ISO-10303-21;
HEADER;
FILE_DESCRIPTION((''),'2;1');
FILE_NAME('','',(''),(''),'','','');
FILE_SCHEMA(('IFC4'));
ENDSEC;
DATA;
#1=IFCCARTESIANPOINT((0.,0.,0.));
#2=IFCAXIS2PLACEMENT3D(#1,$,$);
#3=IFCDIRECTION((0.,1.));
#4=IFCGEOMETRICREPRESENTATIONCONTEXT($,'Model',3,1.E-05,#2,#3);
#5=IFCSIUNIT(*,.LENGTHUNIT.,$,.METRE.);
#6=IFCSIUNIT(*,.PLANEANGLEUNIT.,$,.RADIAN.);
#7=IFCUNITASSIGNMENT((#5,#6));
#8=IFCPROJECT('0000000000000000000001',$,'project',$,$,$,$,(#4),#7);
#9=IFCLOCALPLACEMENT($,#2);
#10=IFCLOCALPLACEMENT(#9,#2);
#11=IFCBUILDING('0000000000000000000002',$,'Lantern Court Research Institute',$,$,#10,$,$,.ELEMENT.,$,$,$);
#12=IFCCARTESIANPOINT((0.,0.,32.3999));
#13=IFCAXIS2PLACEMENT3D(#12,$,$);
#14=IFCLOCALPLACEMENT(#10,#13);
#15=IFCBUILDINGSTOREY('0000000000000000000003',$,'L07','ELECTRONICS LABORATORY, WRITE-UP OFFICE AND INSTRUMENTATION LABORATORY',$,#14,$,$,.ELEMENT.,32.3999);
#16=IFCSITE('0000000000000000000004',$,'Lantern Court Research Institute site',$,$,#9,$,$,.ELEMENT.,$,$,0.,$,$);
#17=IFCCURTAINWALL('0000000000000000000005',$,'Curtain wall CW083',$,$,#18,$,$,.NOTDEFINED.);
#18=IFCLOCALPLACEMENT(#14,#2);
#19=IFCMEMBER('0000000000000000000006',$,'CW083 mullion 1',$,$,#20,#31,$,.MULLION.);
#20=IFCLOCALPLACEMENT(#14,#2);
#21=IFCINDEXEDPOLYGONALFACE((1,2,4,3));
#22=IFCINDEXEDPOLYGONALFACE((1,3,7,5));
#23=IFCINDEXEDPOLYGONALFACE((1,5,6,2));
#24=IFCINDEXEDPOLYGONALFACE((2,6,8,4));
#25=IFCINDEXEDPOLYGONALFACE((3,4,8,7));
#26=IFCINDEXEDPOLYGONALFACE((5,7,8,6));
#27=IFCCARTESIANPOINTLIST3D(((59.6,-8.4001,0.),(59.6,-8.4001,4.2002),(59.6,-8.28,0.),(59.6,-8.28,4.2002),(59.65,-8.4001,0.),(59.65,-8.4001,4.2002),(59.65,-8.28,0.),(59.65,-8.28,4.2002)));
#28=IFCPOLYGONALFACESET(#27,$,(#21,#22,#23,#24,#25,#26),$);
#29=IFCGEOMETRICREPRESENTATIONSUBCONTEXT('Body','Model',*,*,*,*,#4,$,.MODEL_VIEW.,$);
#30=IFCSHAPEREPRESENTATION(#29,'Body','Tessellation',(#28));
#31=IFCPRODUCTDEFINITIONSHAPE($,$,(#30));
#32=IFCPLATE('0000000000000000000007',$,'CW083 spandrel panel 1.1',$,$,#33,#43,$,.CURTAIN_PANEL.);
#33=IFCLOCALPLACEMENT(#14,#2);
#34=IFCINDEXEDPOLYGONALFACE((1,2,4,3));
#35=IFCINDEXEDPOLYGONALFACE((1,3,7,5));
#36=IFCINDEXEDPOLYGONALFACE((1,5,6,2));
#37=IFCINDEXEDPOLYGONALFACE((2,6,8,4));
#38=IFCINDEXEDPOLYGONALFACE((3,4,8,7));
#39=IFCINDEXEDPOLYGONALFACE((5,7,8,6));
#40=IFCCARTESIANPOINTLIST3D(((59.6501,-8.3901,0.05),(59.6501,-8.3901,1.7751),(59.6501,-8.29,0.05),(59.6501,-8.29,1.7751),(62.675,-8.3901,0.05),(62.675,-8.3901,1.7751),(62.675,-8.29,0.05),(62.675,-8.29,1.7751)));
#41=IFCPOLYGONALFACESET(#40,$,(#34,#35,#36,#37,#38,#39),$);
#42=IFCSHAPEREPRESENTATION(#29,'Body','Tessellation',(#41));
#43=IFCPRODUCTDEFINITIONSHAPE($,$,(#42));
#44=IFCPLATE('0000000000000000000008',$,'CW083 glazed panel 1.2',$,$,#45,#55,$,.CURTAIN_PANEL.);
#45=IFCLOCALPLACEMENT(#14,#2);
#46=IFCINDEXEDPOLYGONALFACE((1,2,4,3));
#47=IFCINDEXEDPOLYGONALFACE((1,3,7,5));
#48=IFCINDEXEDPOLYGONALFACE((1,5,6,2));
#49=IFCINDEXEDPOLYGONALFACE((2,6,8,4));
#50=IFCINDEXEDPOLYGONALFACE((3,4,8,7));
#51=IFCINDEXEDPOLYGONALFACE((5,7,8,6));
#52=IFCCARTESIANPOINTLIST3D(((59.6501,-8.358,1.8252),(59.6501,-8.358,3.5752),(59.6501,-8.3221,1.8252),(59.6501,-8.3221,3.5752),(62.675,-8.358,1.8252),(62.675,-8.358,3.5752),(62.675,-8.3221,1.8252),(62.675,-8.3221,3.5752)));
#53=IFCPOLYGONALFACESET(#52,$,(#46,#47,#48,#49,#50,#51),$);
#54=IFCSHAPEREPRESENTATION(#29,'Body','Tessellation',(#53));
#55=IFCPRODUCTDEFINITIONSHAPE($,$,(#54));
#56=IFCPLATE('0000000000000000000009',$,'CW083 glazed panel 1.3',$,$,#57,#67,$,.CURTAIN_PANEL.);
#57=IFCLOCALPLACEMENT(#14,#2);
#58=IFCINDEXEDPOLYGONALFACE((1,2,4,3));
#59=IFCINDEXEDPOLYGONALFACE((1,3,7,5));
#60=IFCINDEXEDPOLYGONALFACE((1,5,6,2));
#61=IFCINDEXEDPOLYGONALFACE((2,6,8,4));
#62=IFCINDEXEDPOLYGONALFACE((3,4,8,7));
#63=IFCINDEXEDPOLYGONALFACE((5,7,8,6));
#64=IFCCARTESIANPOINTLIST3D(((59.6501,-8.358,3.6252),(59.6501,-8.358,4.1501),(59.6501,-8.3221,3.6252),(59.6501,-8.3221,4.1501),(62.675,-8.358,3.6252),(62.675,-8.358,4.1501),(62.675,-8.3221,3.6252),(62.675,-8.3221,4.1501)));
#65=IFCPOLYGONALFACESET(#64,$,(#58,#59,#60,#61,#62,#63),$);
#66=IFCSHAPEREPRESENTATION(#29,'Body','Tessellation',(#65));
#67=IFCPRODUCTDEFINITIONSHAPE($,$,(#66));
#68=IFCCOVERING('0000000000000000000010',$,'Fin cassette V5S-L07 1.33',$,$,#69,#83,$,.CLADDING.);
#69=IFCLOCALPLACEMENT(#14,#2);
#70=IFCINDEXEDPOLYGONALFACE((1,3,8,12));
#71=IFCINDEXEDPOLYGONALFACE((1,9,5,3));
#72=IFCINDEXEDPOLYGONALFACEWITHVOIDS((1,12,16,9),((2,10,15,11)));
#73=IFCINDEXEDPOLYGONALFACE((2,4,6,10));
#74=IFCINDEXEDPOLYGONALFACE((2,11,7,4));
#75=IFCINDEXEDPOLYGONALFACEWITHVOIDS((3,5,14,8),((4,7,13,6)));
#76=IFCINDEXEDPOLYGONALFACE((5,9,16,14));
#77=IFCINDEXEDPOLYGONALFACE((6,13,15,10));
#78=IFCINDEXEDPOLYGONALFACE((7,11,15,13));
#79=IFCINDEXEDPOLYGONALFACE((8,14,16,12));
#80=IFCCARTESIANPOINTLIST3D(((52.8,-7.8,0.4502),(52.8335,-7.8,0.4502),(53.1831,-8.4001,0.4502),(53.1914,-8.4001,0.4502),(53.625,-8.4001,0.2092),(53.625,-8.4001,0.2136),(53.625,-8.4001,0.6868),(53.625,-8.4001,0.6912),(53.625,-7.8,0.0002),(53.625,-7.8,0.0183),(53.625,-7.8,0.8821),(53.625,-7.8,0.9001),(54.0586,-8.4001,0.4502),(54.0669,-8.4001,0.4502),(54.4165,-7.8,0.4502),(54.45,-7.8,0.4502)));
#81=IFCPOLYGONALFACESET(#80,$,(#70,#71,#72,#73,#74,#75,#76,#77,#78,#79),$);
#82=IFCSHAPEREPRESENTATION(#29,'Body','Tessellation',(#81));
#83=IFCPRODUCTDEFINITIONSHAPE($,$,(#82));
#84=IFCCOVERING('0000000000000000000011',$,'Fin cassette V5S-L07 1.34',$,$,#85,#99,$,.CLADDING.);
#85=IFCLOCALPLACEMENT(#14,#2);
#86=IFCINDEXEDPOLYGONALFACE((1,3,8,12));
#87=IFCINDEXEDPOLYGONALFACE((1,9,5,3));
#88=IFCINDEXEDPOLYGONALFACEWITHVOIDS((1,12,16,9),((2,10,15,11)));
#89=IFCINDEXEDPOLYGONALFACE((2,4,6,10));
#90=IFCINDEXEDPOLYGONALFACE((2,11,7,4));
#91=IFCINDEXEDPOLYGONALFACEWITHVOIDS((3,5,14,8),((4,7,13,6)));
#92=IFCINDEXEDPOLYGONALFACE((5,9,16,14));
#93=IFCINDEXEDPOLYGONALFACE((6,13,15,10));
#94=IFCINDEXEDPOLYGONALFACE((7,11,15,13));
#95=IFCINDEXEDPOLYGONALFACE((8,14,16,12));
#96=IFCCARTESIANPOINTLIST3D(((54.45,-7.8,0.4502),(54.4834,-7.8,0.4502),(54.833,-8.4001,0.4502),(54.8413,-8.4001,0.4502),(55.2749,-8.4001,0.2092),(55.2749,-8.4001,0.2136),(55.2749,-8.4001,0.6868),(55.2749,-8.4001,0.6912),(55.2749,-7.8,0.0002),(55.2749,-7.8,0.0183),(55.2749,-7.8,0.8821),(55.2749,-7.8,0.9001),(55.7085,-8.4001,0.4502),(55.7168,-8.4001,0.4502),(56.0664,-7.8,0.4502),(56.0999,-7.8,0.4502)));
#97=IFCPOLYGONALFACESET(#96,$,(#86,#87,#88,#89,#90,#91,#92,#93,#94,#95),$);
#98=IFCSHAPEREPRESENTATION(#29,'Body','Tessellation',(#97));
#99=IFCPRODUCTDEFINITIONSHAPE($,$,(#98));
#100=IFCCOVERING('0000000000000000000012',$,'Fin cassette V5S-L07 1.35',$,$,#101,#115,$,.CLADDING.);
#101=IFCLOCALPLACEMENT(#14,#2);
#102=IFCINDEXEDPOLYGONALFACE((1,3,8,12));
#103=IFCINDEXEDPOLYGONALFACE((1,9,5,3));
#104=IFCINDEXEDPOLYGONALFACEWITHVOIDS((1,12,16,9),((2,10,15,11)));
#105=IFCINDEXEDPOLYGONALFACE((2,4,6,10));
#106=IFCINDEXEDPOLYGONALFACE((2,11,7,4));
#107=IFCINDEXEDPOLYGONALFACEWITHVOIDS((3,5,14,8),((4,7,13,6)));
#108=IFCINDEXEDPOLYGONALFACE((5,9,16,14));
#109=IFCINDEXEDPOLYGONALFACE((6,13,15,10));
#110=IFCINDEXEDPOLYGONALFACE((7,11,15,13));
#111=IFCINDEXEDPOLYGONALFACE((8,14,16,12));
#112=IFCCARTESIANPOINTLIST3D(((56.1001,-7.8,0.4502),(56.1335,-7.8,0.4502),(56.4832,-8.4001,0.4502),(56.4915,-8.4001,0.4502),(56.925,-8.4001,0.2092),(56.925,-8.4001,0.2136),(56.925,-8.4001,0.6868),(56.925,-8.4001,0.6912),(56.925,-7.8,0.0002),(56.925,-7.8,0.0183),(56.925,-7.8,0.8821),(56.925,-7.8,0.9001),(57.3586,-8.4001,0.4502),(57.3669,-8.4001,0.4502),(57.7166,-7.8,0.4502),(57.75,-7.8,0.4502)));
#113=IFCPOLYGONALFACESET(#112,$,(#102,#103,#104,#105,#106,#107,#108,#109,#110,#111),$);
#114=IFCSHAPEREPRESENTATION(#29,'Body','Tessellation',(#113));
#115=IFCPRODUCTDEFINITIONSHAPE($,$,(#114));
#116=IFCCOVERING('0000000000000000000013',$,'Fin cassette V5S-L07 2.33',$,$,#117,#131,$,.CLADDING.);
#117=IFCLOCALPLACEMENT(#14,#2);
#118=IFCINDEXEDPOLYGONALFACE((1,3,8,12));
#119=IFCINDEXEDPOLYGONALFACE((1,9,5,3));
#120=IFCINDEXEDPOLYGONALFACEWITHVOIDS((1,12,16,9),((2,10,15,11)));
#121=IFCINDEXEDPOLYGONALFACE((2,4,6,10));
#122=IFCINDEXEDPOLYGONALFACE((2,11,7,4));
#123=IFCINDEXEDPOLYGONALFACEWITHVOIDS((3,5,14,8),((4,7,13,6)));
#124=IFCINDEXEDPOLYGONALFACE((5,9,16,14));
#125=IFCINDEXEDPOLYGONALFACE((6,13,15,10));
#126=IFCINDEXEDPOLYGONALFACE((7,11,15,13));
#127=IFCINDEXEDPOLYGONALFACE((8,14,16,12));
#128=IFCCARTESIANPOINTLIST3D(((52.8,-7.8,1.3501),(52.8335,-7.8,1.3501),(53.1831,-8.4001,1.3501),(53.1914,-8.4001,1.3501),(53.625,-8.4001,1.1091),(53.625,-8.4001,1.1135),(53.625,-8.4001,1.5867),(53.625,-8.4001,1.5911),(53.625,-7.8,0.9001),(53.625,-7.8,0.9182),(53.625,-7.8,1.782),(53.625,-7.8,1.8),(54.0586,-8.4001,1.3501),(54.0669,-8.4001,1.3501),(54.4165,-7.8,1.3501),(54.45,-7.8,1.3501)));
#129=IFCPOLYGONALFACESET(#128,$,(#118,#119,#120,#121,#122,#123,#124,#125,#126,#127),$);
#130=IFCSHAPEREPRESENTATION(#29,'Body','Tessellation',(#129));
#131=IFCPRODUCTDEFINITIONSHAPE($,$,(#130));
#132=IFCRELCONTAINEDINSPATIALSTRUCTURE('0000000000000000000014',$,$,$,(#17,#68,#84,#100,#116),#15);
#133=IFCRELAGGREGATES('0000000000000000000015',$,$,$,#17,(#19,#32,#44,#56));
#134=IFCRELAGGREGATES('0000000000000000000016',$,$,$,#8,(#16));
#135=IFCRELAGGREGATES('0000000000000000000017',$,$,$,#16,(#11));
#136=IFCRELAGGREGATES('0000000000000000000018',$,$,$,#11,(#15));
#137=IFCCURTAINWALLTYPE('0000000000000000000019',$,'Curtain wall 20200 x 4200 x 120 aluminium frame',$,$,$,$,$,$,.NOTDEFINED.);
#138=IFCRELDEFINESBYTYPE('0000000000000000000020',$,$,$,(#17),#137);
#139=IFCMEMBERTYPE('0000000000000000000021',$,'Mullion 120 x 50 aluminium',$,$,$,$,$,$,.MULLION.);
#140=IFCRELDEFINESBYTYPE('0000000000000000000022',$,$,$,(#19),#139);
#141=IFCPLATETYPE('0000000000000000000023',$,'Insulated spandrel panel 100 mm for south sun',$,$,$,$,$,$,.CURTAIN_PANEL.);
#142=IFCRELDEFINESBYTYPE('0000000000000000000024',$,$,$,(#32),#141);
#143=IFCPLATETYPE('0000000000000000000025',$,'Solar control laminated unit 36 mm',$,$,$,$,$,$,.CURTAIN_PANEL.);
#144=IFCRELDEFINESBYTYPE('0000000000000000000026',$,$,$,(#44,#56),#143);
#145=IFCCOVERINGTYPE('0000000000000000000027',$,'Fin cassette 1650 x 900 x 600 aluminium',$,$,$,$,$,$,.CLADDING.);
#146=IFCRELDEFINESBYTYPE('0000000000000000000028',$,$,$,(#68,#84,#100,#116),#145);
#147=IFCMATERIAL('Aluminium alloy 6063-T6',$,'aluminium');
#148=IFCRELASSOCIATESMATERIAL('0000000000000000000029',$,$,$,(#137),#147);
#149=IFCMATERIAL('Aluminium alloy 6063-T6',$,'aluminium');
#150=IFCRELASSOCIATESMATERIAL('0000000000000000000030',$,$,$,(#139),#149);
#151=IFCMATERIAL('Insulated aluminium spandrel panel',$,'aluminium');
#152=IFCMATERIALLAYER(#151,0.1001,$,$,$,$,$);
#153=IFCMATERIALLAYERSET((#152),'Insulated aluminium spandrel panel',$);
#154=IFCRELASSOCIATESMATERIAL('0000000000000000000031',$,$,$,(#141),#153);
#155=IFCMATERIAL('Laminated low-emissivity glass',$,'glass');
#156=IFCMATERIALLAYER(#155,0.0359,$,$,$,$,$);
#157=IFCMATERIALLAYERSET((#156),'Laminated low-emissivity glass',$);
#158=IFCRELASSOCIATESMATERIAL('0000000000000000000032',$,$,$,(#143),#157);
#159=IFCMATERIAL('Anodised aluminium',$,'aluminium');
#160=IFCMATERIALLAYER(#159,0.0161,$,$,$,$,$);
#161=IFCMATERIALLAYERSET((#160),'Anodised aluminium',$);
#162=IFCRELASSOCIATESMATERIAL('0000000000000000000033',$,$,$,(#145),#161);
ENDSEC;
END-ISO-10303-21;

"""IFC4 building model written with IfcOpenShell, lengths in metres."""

from ifc_helpers import new_model, entity, si_unit, direction, frame, origin, origin_2d, place, context, subcontext, project, spatial, rectangle, extrude, material, layer, layer_set, material_profile, profile_set, type_object, element, aggregate, save


model = new_model("IFC4")

# Units and contexts
model_context = context("Model", 3, precision=1e-05, world=origin(), true_north=direction((0.0, 1.0)))
body_context = subcontext(model_context, "Body", "Model", "MODEL_VIEW")
ifc_project = project(units=[si_unit("LENGTHUNIT", "METRE"), si_unit("PLANEANGLEUNIT", "RADIAN")], contexts=[model_context])

# Site, building, storey
site_placement = place(None, origin())
site = spatial("IfcSite", under=ifc_project, at=site_placement, Name="Lantern Court Research Institute site", CompositionType="ELEMENT", RefElevation=0.0)
building_placement = place(site_placement, origin())
building = spatial("IfcBuilding", under=site, at=building_placement, Name="Lantern Court Research Institute", CompositionType="ELEMENT")
storey_placement = place(building_placement, frame((0.0, 0.0, 32.3999)))
storey = spatial("IfcBuildingStorey", under=building, at=storey_placement, Name="L07", Description="ELECTRONICS LABORATORY, WRITE-UP OFFICE AND INSTRUMENTATION LABORATORY", CompositionType="ELEMENT", Elevation=32.3999)

# Curtain wall, member, plates
ifc_material_1 = material(Name="Aluminium alloy 6063-T6", Category="aluminium")
curtain_wall_type = type_object("IfcCurtainWallType", Name="Curtain wall 20200 x 4200 x 120 aluminium frame", PredefinedType="NOTDEFINED", material=ifc_material_1)
curtain_wall_placement = place(storey_placement, origin())
curtain_wall = element("IfcCurtainWall", 1, at=curtain_wall_placement, inside=storey, type_object=curtain_wall_type, Name="Curtain wall CW083", PredefinedType="NOTDEFINED")
ifc_material_2 = material(Name="Aluminium alloy 6063-T6", Category="aluminium")
ifc_material_profile = material_profile(ifc_material_2, rectangle(XDim=0.1201, YDim=0.05, at=origin_2d()), Name="Mullion 120 x 50")
ifc_profile_set = profile_set([ifc_material_profile], Name="Aluminium alloy 6063-T6")
member_type = type_object("IfcMemberType", Name="Mullion 120 x 50 aluminium", PredefinedType="MULLION", material=ifc_profile_set)
member_placement = place(storey_placement, frame((59.625, -8.3401, 0.0), z_axis=(0.0, 0.0, 1.0), x_axis=(0.0, -1.0, 0.0)))
member = element("IfcMember", 2, at=member_placement, type_object=member_type, Name="CW083 mullion 1", PredefinedType="MULLION", context=body_context, shape_type="SweptSolid", body=[
    extrude(rectangle(XDim=0.1201, YDim=0.05, at=origin_2d()), origin(), (0.0, 0.0, 1.0), 4.2002),
])
ifc_material_3 = material(Name="Insulated aluminium spandrel panel", Category="aluminium")
ifc_layer_1 = layer(ifc_material_3, 0.1001)
ifc_layer_set_1 = layer_set([ifc_layer_1], Name="Insulated aluminium spandrel panel")
plate_type_1 = type_object("IfcPlateType", Name="Insulated spandrel panel 100 mm for south sun", PredefinedType="CURTAIN_PANEL", material=ifc_layer_set_1)
plate_1_placement = place(storey_placement, frame((61.1626, -8.3401, 0.05), z_axis=(0.0, 0.0, 1.0), x_axis=(-1.0, 0.0, 0.0)))
plate_1 = element("IfcPlate", 3, at=plate_1_placement, type_object=plate_type_1, Name="CW083 spandrel panel 1.1", PredefinedType="CURTAIN_PANEL", context=body_context, shape_type="SweptSolid", body=[
    extrude(rectangle(XDim=3.0249, YDim=0.1001, at=origin_2d()), origin(), (0.0, 0.0, 1.0), 1.7251),
])
ifc_material_4 = material(Name="Laminated low-emissivity glass", Category="glass")
ifc_layer_2 = layer(ifc_material_4, 0.0359)
ifc_layer_set_2 = layer_set([ifc_layer_2], Name="Laminated low-emissivity glass")
plate_type_2 = type_object("IfcPlateType", Name="Solar control laminated unit 36 mm", PredefinedType="CURTAIN_PANEL", material=ifc_layer_set_2)
plate_2_placement = place(storey_placement, frame((61.1626, -8.3401, 1.8252), z_axis=(0.0, 0.0, 1.0), x_axis=(-1.0, 0.0, 0.0)))
plate_2 = element("IfcPlate", 4, at=plate_2_placement, type_object=plate_type_2, Name="CW083 glazed panel 1.2", PredefinedType="CURTAIN_PANEL", context=body_context, shape_type="SweptSolid", body=[
    extrude(rectangle(XDim=3.0249, YDim=0.0359, at=origin_2d()), origin(), (0.0, 0.0, 1.0), 1.75),
])
plate_3_placement = place(storey_placement, frame((61.1626, -8.3401, 3.6252), z_axis=(0.0, 0.0, 1.0), x_axis=(-1.0, 0.0, 0.0)))
plate_3 = element("IfcPlate", 5, at=plate_3_placement, type_object=plate_type_2, Name="CW083 glazed panel 1.3", PredefinedType="CURTAIN_PANEL", context=body_context, shape_type="SweptSolid", body=[
    extrude(rectangle(XDim=3.0249, YDim=0.0359, at=origin_2d()), origin(), (0.0, 0.0, 1.0), 0.5249),
])
aggregate(curtain_wall, [member, plate_1, plate_2, plate_3])

# Coverings
ifc_material_5 = material(Name="Anodised aluminium", Category="aluminium")
ifc_layer_3 = layer(ifc_material_5, 0.0161)
ifc_layer_set_3 = layer_set([ifc_layer_3], Name="Anodised aluminium")
covering_type = type_object("IfcCoveringType", Name="Fin cassette 1650 x 900 x 600 aluminium", PredefinedType="CLADDING", material=ifc_layer_set_3)
covering_1_placement = place(storey_placement, frame((53.625, -7.8, 0.4502), z_axis=(0.0, -1.0, 0.0), x_axis=(1.0, 0.0, 0.0)))
cartesian_point_1 = entity("IfcCartesianPoint", [0.825, 0.0])
cartesian_point_2 = entity("IfcCartesianPoint", [0.7915, 0.0])
cartesian_point_3 = entity("IfcCartesianPoint", [0.4419, 0.0])
cartesian_point_4 = entity("IfcCartesianPoint", [0.4336, 0.0])
element("IfcCovering", 6, at=covering_1_placement, inside=storey, type_object=covering_type, Name="Fin cassette V5S-L07 1.33", PredefinedType="CLADDING", context=body_context, shape_type="SweptSolid", body=[
    entity("IfcExtrudedAreaSolidTapered", entity("IfcArbitraryProfileDefWithVoids", "AREA", None, entity("IfcPolyline", [cartesian_point_1, entity("IfcCartesianPoint", [0.0, 0.45]), entity("IfcCartesianPoint", [-0.825, 0.0]), entity("IfcCartesianPoint", [0.0, -0.45]), cartesian_point_1]), [entity("IfcPolyline", [cartesian_point_2, entity("IfcCartesianPoint", [0.0, 0.4319]), entity("IfcCartesianPoint", [-0.7915, 0.0]), entity("IfcCartesianPoint", [0.0, -0.4319]), cartesian_point_2])]), entity("IfcAxis2Placement3D", entity("IfcCartesianPoint", [0.0, 0.0, 0.0])), entity("IfcDirection", [0.0, 0.0, 1.0]), 0.6001, entity("IfcArbitraryProfileDefWithVoids", "AREA", None, entity("IfcPolyline", [cartesian_point_3, entity("IfcCartesianPoint", [0.0, 0.241]), entity("IfcCartesianPoint", [-0.4419, 0.0]), entity("IfcCartesianPoint", [0.0, -0.241]), cartesian_point_3]), [entity("IfcPolyline", [cartesian_point_4, entity("IfcCartesianPoint", [0.0, 0.2366]), entity("IfcCartesianPoint", [-0.4336, 0.0]), entity("IfcCartesianPoint", [0.0, -0.2366]), cartesian_point_4])])),
])
covering_2_placement = place(storey_placement, frame((55.2749, -7.8, 0.4502), z_axis=(0.0, -1.0, 0.0), x_axis=(1.0, 0.0, 0.0)))
cartesian_point_5 = entity("IfcCartesianPoint", [0.825, 0.0])
cartesian_point_6 = entity("IfcCartesianPoint", [0.7915, 0.0])
cartesian_point_7 = entity("IfcCartesianPoint", [0.4419, 0.0])
cartesian_point_8 = entity("IfcCartesianPoint", [0.4336, 0.0])
element("IfcCovering", 7, at=covering_2_placement, inside=storey, type_object=covering_type, Name="Fin cassette V5S-L07 1.34", PredefinedType="CLADDING", context=body_context, shape_type="SweptSolid", body=[
    entity("IfcExtrudedAreaSolidTapered", entity("IfcArbitraryProfileDefWithVoids", "AREA", None, entity("IfcPolyline", [cartesian_point_5, entity("IfcCartesianPoint", [0.0, 0.45]), entity("IfcCartesianPoint", [-0.825, 0.0]), entity("IfcCartesianPoint", [0.0, -0.45]), cartesian_point_5]), [entity("IfcPolyline", [cartesian_point_6, entity("IfcCartesianPoint", [0.0, 0.4319]), entity("IfcCartesianPoint", [-0.7915, 0.0]), entity("IfcCartesianPoint", [0.0, -0.4319]), cartesian_point_6])]), entity("IfcAxis2Placement3D", entity("IfcCartesianPoint", [0.0, 0.0, 0.0])), entity("IfcDirection", [0.0, 0.0, 1.0]), 0.6001, entity("IfcArbitraryProfileDefWithVoids", "AREA", None, entity("IfcPolyline", [cartesian_point_7, entity("IfcCartesianPoint", [0.0, 0.241]), entity("IfcCartesianPoint", [-0.4419, 0.0]), entity("IfcCartesianPoint", [0.0, -0.241]), cartesian_point_7]), [entity("IfcPolyline", [cartesian_point_8, entity("IfcCartesianPoint", [0.0, 0.2366]), entity("IfcCartesianPoint", [-0.4336, 0.0]), entity("IfcCartesianPoint", [0.0, -0.2366]), cartesian_point_8])])),
])
covering_3_placement = place(storey_placement, frame((56.925, -7.8, 0.4502), z_axis=(0.0, -1.0, 0.0), x_axis=(1.0, 0.0, 0.0)))
cartesian_point_9 = entity("IfcCartesianPoint", [0.825, 0.0])
cartesian_point_10 = entity("IfcCartesianPoint", [0.7915, 0.0])
cartesian_point_11 = entity("IfcCartesianPoint", [0.4419, 0.0])
cartesian_point_12 = entity("IfcCartesianPoint", [0.4336, 0.0])
element("IfcCovering", 8, at=covering_3_placement, inside=storey, type_object=covering_type, Name="Fin cassette V5S-L07 1.35", PredefinedType="CLADDING", context=body_context, shape_type="SweptSolid", body=[
    entity("IfcExtrudedAreaSolidTapered", entity("IfcArbitraryProfileDefWithVoids", "AREA", None, entity("IfcPolyline", [cartesian_point_9, entity("IfcCartesianPoint", [0.0, 0.45]), entity("IfcCartesianPoint", [-0.825, 0.0]), entity("IfcCartesianPoint", [0.0, -0.45]), cartesian_point_9]), [entity("IfcPolyline", [cartesian_point_10, entity("IfcCartesianPoint", [0.0, 0.4319]), entity("IfcCartesianPoint", [-0.7915, 0.0]), entity("IfcCartesianPoint", [0.0, -0.4319]), cartesian_point_10])]), entity("IfcAxis2Placement3D", entity("IfcCartesianPoint", [0.0, 0.0, 0.0])), entity("IfcDirection", [0.0, 0.0, 1.0]), 0.6001, entity("IfcArbitraryProfileDefWithVoids", "AREA", None, entity("IfcPolyline", [cartesian_point_11, entity("IfcCartesianPoint", [0.0, 0.241]), entity("IfcCartesianPoint", [-0.4419, 0.0]), entity("IfcCartesianPoint", [0.0, -0.241]), cartesian_point_11]), [entity("IfcPolyline", [cartesian_point_12, entity("IfcCartesianPoint", [0.0, 0.2366]), entity("IfcCartesianPoint", [-0.4336, 0.0]), entity("IfcCartesianPoint", [0.0, -0.2366]), cartesian_point_12])])),
])
covering_4_placement = place(storey_placement, frame((53.625, -7.8, 1.3501), z_axis=(0.0, -1.0, 0.0), x_axis=(1.0, 0.0, 0.0)))
cartesian_point_13 = entity("IfcCartesianPoint", [0.825, 0.0])
cartesian_point_14 = entity("IfcCartesianPoint", [0.7915, 0.0])
cartesian_point_15 = entity("IfcCartesianPoint", [0.4419, 0.0])
cartesian_point_16 = entity("IfcCartesianPoint", [0.4336, 0.0])
element("IfcCovering", 9, at=covering_4_placement, inside=storey, type_object=covering_type, Name="Fin cassette V5S-L07 2.33", PredefinedType="CLADDING", context=body_context, shape_type="SweptSolid", body=[
    entity("IfcExtrudedAreaSolidTapered", entity("IfcArbitraryProfileDefWithVoids", "AREA", None, entity("IfcPolyline", [cartesian_point_13, entity("IfcCartesianPoint", [0.0, 0.45]), entity("IfcCartesianPoint", [-0.825, 0.0]), entity("IfcCartesianPoint", [0.0, -0.45]), cartesian_point_13]), [entity("IfcPolyline", [cartesian_point_14, entity("IfcCartesianPoint", [0.0, 0.4319]), entity("IfcCartesianPoint", [-0.7915, 0.0]), entity("IfcCartesianPoint", [0.0, -0.4319]), cartesian_point_14])]), entity("IfcAxis2Placement3D", entity("IfcCartesianPoint", [0.0, 0.0, 0.0])), entity("IfcDirection", [0.0, 0.0, 1.0]), 0.6001, entity("IfcArbitraryProfileDefWithVoids", "AREA", None, entity("IfcPolyline", [cartesian_point_15, entity("IfcCartesianPoint", [0.0, 0.241]), entity("IfcCartesianPoint", [-0.4419, 0.0]), entity("IfcCartesianPoint", [0.0, -0.241]), cartesian_point_15]), [entity("IfcPolyline", [cartesian_point_16, entity("IfcCartesianPoint", [0.0, 0.2366]), entity("IfcCartesianPoint", [-0.4336, 0.0]), entity("IfcCartesianPoint", [0.0, -0.2366]), cartesian_point_16])])),
])

save(model, "model.ifc")
